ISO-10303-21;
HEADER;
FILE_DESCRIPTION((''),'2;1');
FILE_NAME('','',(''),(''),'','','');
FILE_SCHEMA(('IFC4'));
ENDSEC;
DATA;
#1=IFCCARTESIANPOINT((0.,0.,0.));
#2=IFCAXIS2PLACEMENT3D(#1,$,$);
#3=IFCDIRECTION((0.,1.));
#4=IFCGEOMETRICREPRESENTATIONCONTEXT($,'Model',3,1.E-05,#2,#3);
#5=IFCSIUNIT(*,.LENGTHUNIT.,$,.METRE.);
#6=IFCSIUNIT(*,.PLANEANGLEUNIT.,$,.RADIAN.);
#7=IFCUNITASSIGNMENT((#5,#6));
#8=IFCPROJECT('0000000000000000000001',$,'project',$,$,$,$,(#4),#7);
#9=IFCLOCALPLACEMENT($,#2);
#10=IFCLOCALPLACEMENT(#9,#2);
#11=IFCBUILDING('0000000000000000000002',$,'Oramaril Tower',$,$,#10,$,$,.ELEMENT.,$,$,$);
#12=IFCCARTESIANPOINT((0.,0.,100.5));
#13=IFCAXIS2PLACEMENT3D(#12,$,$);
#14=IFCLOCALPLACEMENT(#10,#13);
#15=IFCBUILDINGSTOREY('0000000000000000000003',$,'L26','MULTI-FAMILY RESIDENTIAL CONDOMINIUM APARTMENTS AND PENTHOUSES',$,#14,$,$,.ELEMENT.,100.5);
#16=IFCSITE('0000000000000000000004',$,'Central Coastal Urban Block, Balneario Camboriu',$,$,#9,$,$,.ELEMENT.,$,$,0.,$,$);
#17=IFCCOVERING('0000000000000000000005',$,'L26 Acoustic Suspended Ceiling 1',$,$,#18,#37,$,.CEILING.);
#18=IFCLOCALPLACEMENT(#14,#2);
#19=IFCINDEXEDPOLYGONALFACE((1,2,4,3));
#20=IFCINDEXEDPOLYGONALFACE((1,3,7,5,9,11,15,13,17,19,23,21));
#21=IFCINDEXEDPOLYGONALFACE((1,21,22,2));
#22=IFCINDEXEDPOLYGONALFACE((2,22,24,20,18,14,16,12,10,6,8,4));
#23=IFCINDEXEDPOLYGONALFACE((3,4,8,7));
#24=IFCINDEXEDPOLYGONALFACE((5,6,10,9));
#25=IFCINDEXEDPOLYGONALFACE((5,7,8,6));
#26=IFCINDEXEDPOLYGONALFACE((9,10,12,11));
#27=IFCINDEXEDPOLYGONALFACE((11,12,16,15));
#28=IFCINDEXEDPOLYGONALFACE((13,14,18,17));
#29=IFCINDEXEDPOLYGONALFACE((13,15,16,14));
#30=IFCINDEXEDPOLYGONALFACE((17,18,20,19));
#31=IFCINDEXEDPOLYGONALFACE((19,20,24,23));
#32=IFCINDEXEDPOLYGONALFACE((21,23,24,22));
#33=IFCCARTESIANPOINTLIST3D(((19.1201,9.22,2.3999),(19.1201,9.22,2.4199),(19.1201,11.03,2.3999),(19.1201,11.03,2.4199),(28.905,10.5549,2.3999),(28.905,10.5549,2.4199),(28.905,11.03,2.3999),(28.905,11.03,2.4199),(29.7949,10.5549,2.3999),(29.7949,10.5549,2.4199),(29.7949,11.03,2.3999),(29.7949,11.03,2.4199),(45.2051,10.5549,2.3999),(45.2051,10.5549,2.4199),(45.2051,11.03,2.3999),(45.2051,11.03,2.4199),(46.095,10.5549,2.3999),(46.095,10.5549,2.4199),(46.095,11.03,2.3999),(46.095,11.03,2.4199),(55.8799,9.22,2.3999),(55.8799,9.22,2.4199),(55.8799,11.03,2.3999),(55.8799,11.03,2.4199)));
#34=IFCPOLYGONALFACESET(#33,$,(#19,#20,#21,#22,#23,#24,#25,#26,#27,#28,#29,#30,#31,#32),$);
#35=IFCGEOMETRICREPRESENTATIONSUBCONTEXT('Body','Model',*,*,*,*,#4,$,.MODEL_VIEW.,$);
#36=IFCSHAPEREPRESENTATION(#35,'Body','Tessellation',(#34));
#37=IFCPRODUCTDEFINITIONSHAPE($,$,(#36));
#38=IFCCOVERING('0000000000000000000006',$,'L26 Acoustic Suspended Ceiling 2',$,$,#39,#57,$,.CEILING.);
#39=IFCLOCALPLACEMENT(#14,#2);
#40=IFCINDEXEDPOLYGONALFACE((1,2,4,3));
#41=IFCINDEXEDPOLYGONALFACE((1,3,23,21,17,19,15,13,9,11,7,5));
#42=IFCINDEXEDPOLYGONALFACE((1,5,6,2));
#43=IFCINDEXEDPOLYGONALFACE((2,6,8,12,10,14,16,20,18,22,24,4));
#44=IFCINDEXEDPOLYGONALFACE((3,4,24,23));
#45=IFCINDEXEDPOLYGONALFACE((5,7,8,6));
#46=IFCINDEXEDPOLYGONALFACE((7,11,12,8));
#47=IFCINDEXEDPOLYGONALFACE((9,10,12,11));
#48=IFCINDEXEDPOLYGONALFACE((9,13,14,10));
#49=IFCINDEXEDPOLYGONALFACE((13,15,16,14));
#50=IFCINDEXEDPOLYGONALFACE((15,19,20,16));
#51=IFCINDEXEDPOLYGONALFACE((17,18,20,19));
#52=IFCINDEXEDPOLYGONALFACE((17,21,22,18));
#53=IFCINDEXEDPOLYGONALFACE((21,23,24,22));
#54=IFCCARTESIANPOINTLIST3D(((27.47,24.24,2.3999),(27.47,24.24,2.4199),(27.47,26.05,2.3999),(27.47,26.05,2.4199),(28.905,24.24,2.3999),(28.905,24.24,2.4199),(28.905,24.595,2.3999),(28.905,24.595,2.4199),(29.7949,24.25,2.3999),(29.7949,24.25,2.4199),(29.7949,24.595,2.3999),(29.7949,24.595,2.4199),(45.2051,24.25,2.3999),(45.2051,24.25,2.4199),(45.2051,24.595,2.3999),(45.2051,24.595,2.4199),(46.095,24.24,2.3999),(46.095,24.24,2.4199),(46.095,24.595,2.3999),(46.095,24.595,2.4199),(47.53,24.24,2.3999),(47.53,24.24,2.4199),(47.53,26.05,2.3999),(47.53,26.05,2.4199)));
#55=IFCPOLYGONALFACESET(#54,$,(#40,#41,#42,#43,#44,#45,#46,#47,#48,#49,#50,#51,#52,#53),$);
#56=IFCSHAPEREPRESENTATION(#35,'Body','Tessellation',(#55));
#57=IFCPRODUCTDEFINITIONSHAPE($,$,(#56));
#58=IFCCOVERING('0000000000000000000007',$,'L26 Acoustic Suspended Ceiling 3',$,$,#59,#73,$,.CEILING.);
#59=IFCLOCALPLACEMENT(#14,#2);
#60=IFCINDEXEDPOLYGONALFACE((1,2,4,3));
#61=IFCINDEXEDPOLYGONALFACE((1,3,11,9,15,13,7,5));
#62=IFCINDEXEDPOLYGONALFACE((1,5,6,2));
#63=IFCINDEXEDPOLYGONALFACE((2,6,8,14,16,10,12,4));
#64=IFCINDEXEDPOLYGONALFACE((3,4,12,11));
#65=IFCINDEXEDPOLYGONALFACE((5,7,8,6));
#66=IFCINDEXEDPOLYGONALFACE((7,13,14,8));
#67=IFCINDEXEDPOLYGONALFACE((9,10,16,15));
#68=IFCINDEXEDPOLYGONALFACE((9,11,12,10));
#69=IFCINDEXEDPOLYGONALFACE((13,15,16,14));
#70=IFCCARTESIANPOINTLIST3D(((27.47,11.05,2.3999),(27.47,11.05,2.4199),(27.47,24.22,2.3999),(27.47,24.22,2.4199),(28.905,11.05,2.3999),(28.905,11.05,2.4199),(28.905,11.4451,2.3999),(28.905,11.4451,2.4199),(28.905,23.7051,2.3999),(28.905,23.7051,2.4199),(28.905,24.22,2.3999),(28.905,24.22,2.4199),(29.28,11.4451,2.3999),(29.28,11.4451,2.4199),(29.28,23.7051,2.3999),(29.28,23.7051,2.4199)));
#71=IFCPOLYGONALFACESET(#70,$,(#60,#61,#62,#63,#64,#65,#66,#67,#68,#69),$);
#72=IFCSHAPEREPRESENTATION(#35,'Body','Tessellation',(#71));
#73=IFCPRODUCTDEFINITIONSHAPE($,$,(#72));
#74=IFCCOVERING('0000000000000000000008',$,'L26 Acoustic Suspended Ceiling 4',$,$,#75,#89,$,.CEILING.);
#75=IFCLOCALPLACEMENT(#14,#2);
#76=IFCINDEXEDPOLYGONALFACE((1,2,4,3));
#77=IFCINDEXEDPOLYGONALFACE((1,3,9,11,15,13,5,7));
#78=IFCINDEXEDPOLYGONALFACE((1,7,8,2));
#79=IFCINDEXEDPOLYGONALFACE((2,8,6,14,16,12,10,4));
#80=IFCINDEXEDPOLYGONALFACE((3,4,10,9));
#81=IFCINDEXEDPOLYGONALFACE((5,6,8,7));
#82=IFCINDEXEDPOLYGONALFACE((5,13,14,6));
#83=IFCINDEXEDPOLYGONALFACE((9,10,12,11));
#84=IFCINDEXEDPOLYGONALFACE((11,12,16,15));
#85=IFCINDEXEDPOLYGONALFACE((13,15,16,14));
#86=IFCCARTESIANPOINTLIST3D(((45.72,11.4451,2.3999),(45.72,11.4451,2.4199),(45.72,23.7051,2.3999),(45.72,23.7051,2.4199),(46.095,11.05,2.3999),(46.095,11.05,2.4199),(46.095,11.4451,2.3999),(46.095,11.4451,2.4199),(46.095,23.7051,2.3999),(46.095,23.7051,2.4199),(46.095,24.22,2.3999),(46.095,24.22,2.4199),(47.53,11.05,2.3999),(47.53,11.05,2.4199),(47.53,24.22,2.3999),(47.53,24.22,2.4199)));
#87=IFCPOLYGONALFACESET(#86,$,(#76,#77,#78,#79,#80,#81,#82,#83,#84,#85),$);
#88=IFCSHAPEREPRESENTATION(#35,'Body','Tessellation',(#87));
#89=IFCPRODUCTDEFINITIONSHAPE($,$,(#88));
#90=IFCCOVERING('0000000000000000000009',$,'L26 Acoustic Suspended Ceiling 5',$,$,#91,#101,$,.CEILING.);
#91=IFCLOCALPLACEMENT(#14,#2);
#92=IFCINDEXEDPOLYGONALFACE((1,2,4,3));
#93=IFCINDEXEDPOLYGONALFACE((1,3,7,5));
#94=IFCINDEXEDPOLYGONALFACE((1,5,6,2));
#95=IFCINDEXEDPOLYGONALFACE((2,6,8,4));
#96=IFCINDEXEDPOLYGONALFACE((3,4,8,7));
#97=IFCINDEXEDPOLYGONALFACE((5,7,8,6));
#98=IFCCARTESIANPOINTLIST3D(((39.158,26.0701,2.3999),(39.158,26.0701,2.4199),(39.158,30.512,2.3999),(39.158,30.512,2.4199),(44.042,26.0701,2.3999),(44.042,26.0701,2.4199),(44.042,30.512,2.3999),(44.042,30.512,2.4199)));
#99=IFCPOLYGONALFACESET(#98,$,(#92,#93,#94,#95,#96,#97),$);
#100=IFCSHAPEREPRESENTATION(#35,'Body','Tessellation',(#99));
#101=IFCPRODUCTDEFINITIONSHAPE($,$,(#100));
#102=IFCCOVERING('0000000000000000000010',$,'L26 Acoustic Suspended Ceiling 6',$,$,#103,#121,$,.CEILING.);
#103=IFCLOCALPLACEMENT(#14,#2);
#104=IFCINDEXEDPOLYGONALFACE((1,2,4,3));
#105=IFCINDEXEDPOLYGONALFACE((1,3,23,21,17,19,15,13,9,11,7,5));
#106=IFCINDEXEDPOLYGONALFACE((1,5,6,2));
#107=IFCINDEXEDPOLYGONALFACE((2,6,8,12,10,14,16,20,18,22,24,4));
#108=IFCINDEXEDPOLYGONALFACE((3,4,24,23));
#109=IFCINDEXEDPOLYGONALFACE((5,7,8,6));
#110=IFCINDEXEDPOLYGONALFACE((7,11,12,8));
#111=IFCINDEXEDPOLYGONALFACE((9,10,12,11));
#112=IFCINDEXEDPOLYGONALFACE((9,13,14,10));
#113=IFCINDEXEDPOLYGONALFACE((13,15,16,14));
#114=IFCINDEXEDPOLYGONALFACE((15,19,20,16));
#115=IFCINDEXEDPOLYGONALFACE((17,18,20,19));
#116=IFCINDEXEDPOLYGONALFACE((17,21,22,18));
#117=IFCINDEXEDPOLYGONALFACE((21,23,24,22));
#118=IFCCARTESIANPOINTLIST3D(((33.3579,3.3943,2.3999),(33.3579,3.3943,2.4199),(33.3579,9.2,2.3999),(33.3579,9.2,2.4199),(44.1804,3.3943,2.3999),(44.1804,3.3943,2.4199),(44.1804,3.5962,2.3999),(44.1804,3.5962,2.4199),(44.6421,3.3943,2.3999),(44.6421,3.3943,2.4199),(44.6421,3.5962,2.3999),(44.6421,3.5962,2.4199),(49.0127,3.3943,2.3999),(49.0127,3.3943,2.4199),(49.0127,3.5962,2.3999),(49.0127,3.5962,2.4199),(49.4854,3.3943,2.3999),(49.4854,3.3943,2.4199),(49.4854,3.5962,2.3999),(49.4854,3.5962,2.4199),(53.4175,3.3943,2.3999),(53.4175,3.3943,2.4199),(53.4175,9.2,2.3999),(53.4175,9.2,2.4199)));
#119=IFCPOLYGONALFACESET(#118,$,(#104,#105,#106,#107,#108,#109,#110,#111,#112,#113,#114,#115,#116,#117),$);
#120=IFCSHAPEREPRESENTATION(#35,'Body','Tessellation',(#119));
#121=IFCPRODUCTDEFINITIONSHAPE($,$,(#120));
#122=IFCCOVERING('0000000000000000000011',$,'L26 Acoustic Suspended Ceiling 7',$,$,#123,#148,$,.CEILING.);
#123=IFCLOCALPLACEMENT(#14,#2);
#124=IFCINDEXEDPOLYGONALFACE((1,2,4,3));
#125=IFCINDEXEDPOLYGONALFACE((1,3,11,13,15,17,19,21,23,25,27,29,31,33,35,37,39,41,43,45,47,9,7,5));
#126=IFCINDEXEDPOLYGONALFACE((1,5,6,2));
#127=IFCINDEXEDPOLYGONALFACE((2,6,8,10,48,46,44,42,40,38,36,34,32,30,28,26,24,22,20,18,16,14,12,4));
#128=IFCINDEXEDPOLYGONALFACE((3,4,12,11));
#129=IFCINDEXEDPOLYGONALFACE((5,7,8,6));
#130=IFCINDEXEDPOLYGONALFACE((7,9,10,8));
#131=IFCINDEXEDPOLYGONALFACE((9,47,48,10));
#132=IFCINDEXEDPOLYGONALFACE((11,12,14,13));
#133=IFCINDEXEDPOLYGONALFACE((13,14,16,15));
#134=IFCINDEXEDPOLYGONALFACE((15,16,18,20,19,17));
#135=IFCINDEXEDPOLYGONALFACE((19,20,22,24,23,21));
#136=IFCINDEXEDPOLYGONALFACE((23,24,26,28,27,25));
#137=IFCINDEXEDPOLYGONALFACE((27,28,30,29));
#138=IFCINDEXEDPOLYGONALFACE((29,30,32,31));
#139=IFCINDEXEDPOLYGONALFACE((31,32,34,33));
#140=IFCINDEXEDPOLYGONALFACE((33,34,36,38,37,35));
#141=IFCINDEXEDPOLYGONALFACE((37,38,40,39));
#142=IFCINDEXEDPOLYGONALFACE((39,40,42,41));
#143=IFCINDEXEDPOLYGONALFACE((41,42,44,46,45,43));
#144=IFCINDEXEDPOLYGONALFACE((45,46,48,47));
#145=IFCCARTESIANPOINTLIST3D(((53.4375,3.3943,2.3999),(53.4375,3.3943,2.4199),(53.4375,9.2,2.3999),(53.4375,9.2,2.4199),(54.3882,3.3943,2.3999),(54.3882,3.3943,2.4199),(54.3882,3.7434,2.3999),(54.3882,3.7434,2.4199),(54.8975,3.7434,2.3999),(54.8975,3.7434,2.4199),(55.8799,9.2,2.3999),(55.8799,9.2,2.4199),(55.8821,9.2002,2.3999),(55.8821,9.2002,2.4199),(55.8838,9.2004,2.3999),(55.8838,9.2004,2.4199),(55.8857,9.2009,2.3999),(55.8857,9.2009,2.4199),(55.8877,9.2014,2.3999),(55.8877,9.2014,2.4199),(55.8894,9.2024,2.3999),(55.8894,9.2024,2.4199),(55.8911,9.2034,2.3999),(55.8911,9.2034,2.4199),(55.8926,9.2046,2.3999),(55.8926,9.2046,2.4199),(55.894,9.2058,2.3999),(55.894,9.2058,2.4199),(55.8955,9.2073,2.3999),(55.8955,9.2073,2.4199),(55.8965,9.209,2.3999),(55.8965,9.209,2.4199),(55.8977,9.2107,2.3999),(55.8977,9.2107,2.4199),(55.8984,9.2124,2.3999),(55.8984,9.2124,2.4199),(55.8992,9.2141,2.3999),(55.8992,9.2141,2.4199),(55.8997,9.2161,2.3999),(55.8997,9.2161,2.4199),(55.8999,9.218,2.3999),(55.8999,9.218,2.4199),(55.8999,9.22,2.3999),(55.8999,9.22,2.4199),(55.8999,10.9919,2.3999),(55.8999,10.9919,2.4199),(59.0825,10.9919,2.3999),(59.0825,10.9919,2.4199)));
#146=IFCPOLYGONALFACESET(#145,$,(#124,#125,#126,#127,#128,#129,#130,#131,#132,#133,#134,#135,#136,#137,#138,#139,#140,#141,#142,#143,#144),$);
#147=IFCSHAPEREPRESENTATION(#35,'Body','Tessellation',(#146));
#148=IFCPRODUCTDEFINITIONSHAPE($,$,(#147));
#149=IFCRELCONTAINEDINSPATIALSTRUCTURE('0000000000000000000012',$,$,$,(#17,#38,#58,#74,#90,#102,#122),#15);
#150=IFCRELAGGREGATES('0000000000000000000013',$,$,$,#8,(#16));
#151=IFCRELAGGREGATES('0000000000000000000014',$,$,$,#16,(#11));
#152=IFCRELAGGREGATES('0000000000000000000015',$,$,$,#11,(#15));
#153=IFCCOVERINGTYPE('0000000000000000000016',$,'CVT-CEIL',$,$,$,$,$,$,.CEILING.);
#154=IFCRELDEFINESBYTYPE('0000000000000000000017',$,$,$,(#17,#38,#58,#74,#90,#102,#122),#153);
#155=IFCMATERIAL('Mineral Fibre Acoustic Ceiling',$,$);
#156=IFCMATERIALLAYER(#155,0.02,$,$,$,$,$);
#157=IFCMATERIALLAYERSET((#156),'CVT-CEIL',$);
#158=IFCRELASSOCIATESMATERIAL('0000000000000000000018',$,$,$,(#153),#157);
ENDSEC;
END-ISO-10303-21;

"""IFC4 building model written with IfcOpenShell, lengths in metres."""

from ifc_helpers import new_model, si_unit, direction, frame, origin, place, context, subcontext, project, spatial, polyline, outline, extrude, material, layer, layer_set, type_object, element, save


model = new_model("IFC4")

# Units and contexts
model_context = context("Model", 3, precision=1e-05, world=origin(), true_north=direction((0.0, 1.0)))
body_context = subcontext(model_context, "Body", "Model", "MODEL_VIEW")
ifc_project = project(units=[si_unit("LENGTHUNIT", "METRE"), si_unit("PLANEANGLEUNIT", "RADIAN")], contexts=[model_context])

# Site, building, storey
site_placement = place(None, origin())
site = spatial("IfcSite", under=ifc_project, at=site_placement, Name="Central Coastal Urban Block, Balneario Camboriu", CompositionType="ELEMENT", RefElevation=0.0)
building_placement = place(site_placement, origin())
building = spatial("IfcBuilding", under=site, at=building_placement, Name="Oramaril Tower", CompositionType="ELEMENT")
storey_placement = place(building_placement, frame((0.0, 0.0, 100.5)))
storey = spatial("IfcBuildingStorey", under=building, at=storey_placement, Name="L26", Description="MULTI-FAMILY RESIDENTIAL CONDOMINIUM APARTMENTS AND PENTHOUSES", CompositionType="ELEMENT", Elevation=100.5)

# Coverings
ifc_material_1 = material(Name="Mineral Fibre Acoustic Ceiling")
ifc_layer_1 = layer(ifc_material_1, 0.02)
ifc_layer_set_1 = layer_set([ifc_layer_1], Name="CVT-CEIL")
covering_type_1 = type_object("IfcCoveringType", Name="CVT-CEIL", PredefinedType="CEILING", material=ifc_layer_set_1)
covering_1_placement = place(storey_placement, frame((0.0, 0.0, 2.3999)))
element("IfcCovering", 1, at=covering_1_placement, inside=storey, type_object=covering_type_1, Name="L26 Acoustic Suspended Ceiling 1", PredefinedType="CEILING", context=body_context, shape_type="SweptSolid", body=[
    extrude(outline(polyline([(28.905, 10.5549), (29.7949, 10.5549), (29.7949, 11.03), (45.2051, 11.03), (45.2051, 10.5549), (46.095, 10.5549), (46.095, 11.03), (55.8799, 11.03), (55.8799, 9.22), (19.1201, 9.22), (19.1201, 11.03), (28.905, 11.03), (28.905, 10.5549)])), origin(), (0.0, 0.0, 1.0), 0.02),
])
covering_2_placement = place(storey_placement, frame((0.0, 0.0, 2.3999)))
element("IfcCovering", 2, at=covering_2_placement, inside=storey, type_object=covering_type_1, Name="L26 Acoustic Suspended Ceiling 2", PredefinedType="CEILING", context=body_context, shape_type="SweptSolid", body=[
    extrude(outline(polyline([(47.53, 24.24), (46.095, 24.24), (46.095, 24.595), (45.2051, 24.595), (45.2051, 24.25), (29.7949, 24.25), (29.7949, 24.595), (28.905, 24.595), (28.905, 24.24), (27.47, 24.24), (27.47, 26.05), (47.53, 26.05), (47.53, 24.24)])), origin(), (0.0, 0.0, 1.0), 0.02),
])
covering_3_placement = place(storey_placement, frame((0.0, 0.0, 2.3999)))
element("IfcCovering", 3, at=covering_3_placement, inside=storey, type_object=covering_type_1, Name="L26 Acoustic Suspended Ceiling 3", PredefinedType="CEILING", context=body_context, shape_type="SweptSolid", body=[
    extrude(outline(polyline([(28.905, 23.7051), (29.28, 23.7051), (29.28, 11.4451), (28.905, 11.4451), (28.905, 11.05), (27.47, 11.05), (27.47, 24.22), (28.905, 24.22), (28.905, 23.7051)])), origin(), (0.0, 0.0, 1.0), 0.02),
])
covering_4_placement = place(storey_placement, frame((0.0, 0.0, 2.3999)))
element("IfcCovering", 4, at=covering_4_placement, inside=storey, type_object=covering_type_1, Name="L26 Acoustic Suspended Ceiling 4", PredefinedType="CEILING", context=body_context, shape_type="SweptSolid", body=[
    extrude(outline(polyline([(47.53, 11.05), (46.095, 11.05), (46.095, 11.4451), (45.72, 11.4451), (45.72, 23.7051), (46.095, 23.7051), (46.095, 24.22), (47.53, 24.22), (47.53, 11.05)])), origin(), (0.0, 0.0, 1.0), 0.02),
])
covering_5_placement = place(storey_placement, frame((0.0, 0.0, 2.3999)))
element("IfcCovering", 5, at=covering_5_placement, inside=storey, type_object=covering_type_1, Name="L26 Acoustic Suspended Ceiling 5", PredefinedType="CEILING", context=body_context, shape_type="SweptSolid", body=[
    extrude(outline(polyline([(44.042, 30.512), (44.042, 26.0701), (39.158, 26.0701), (39.158, 30.512), (44.042, 30.512)])), origin(), (0.0, 0.0, 1.0), 0.02),
])
covering_6_placement = place(storey_placement, frame((0.0, 0.0, 2.3999)))
element("IfcCovering", 6, at=covering_6_placement, inside=storey, type_object=covering_type_1, Name="L26 Acoustic Suspended Ceiling 6", PredefinedType="CEILING", context=body_context, shape_type="SweptSolid", body=[
    extrude(outline(polyline([(49.4854, 3.3943), (49.4854, 3.5962), (49.0127, 3.5962), (49.0127, 3.3943), (44.6421, 3.3943), (44.6421, 3.5962), (44.1804, 3.5962), (44.1804, 3.3943), (33.3579, 3.3943), (33.3579, 9.2), (53.4175, 9.2), (53.4175, 3.3943), (49.4854, 3.3943)])), origin(), (0.0, 0.0, 1.0), 0.02),
])
covering_7_placement = place(storey_placement, frame((0.0, 0.0, 2.3999)))
element("IfcCovering", 7, at=covering_7_placement, inside=storey, type_object=covering_type_1, Name="L26 Acoustic Suspended Ceiling 7", PredefinedType="CEILING", context=body_context, shape_type="SweptSolid", body=[
    extrude(outline(polyline([(59.0825, 10.9919), (54.8975, 3.7434), (54.3882, 3.7434), (54.3882, 3.3943), (53.4375, 3.3943), (53.4375, 9.2), (55.8799, 9.2), (55.8821, 9.2002), (55.8838, 9.2004), (55.8857, 9.2009), (55.8877, 9.2014), (55.8894, 9.2024), (55.8911, 9.2034), (55.8926, 9.2046), (55.894, 9.2058), (55.8955, 9.2073), (55.8965, 9.209), (55.8977, 9.2107), (55.8984, 9.2124), (55.8992, 9.2141), (55.8997, 9.2161), (55.8999, 9.218), (55.8999, 9.22), (55.8999, 10.9919), (59.0825, 10.9919)])), origin(), (0.0, 0.0, 1.0), 0.02),
])

save(model, "model.ifc")
